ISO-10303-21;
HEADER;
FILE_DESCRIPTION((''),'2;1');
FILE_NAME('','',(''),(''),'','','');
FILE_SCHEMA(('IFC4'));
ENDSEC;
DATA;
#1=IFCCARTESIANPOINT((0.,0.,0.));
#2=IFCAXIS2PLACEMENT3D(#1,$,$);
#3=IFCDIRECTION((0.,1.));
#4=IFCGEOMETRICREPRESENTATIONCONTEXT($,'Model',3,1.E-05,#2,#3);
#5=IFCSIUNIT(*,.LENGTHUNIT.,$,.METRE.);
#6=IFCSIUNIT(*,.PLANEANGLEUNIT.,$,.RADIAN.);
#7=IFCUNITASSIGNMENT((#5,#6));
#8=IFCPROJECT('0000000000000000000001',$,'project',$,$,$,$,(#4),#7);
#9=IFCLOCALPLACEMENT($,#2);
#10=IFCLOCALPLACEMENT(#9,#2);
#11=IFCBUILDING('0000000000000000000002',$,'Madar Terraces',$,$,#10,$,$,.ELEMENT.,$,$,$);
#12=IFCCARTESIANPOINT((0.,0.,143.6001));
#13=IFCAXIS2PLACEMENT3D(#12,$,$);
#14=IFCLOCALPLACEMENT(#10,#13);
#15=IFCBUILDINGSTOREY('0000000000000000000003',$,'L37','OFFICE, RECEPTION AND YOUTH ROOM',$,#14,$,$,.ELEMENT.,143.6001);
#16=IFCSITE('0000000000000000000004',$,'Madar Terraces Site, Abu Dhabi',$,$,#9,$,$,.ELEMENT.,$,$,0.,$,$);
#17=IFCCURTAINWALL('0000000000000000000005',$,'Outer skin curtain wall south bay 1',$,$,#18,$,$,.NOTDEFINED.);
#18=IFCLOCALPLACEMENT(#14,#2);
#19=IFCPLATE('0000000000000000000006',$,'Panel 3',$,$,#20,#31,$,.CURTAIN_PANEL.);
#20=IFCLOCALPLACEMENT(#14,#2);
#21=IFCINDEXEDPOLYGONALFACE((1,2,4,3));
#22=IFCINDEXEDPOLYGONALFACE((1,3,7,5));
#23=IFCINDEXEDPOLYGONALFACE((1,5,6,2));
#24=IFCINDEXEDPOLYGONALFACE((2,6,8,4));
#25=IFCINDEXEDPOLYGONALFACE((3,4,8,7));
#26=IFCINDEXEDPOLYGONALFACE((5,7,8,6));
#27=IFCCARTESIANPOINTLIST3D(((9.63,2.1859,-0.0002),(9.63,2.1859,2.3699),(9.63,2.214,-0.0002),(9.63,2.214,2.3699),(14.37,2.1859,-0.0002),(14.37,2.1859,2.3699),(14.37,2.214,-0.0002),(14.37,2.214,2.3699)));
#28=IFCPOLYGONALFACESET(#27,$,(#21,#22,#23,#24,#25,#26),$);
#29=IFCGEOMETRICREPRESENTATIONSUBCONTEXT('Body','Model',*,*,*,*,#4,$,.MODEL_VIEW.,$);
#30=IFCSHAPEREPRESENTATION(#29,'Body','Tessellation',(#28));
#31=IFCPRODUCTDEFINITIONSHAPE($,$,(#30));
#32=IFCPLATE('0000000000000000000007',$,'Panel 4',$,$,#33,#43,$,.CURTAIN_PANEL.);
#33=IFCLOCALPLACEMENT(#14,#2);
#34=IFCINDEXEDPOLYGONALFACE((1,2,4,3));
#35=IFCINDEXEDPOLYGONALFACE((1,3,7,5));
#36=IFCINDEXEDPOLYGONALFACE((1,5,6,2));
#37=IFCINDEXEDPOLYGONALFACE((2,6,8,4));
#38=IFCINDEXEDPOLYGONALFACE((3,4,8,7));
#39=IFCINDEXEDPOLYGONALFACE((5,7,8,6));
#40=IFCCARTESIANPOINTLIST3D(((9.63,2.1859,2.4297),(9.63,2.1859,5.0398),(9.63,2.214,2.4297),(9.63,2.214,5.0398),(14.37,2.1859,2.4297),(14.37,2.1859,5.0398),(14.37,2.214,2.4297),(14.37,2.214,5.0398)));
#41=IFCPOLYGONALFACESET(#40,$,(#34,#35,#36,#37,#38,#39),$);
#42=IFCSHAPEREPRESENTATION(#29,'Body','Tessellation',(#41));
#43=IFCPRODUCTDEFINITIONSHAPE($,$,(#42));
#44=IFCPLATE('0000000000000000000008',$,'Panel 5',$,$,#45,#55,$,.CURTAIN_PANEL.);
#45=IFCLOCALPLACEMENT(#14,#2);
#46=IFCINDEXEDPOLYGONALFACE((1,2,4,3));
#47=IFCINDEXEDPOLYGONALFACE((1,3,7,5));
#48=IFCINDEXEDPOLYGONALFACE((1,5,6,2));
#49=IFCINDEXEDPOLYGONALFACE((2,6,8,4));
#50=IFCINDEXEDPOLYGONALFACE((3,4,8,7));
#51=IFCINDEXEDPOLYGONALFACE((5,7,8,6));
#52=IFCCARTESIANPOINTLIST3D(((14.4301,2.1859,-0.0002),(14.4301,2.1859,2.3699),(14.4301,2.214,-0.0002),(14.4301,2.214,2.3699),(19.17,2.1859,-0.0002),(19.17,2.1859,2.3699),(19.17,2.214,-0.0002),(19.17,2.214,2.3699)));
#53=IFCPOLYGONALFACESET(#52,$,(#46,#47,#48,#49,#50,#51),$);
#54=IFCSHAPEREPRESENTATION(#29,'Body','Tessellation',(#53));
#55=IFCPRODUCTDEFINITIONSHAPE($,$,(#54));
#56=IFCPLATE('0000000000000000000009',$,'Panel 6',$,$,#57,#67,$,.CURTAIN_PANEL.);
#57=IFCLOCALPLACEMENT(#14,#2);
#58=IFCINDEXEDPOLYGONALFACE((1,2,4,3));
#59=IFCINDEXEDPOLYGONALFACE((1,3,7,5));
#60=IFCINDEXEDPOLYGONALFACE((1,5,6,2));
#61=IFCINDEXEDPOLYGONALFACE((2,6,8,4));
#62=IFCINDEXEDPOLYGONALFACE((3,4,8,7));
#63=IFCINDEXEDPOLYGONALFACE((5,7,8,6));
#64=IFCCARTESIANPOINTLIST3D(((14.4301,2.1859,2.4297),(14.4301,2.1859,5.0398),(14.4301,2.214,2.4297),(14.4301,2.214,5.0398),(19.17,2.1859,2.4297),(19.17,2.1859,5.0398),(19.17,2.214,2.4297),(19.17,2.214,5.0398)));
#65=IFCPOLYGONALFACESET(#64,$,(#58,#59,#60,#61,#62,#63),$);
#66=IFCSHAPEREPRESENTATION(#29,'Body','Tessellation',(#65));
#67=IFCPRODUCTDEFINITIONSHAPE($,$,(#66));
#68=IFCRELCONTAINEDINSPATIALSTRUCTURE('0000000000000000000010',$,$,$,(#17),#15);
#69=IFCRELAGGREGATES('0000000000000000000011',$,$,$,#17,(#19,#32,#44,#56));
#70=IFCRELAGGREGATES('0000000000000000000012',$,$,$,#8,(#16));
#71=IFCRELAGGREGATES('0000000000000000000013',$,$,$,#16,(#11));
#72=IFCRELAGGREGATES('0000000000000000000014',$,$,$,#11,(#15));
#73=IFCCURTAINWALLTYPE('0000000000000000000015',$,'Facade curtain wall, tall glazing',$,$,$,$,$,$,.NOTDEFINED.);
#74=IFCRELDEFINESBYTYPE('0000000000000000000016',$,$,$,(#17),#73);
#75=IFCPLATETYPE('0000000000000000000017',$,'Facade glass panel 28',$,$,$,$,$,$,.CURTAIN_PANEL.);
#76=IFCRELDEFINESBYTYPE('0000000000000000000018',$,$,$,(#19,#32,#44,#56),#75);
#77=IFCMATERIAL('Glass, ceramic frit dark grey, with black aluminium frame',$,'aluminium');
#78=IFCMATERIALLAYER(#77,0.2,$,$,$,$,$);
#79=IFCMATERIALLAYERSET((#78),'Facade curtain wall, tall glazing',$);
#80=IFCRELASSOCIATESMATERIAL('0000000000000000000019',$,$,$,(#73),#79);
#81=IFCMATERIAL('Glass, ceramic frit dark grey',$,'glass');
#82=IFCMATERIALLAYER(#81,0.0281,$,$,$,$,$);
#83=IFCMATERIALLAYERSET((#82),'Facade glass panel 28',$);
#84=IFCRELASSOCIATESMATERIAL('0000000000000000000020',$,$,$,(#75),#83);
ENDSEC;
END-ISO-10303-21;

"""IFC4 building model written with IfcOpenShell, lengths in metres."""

from ifc_helpers import new_model, si_unit, direction, frame, origin, origin_2d, place, context, subcontext, project, spatial, rectangle, extrude, material, layer, layer_set, type_object, element, aggregate, save


model = new_model("IFC4")

# Units and contexts
model_context = context("Model", 3, precision=1e-05, world=origin(), true_north=direction((0.0, 1.0)))
body_context = subcontext(model_context, "Body", "Model", "MODEL_VIEW")
ifc_project = project(units=[si_unit("LENGTHUNIT", "METRE"), si_unit("PLANEANGLEUNIT", "RADIAN")], contexts=[model_context])

# Site, building, storey
site_placement = place(None, origin())
site = spatial("IfcSite", under=ifc_project, at=site_placement, Name="Madar Terraces Site, Abu Dhabi", CompositionType="ELEMENT", RefElevation=0.0)
building_placement = place(site_placement, origin())
building = spatial("IfcBuilding", under=site, at=building_placement, Name="Madar Terraces", CompositionType="ELEMENT")
storey_placement = place(building_placement, frame((0.0, 0.0, 143.6001)))
storey = spatial("IfcBuildingStorey", under=building, at=storey_placement, Name="L37", Description="OFFICE, RECEPTION AND YOUTH ROOM", CompositionType="ELEMENT", Elevation=143.6001)

# Curtain wall
ifc_material_1 = material(Name="Glass, ceramic frit dark grey, with black aluminium frame", Category="aluminium")
ifc_layer_1 = layer(ifc_material_1, 0.2)
ifc_layer_set_1 = layer_set([ifc_layer_1], Name="Facade curtain wall, tall glazing")
curtain_wall_type = type_object("IfcCurtainWallType", Name="Facade curtain wall, tall glazing", PredefinedType="NOTDEFINED", material=ifc_layer_set_1)
curtain_wall_placement = place(storey_placement, origin())
curtain_wall = element("IfcCurtainWall", 1, at=curtain_wall_placement, inside=storey, type_object=curtain_wall_type, Name="Outer skin curtain wall south bay 1", PredefinedType="NOTDEFINED")

# Plates
ifc_material_2 = material(Name="Glass, ceramic frit dark grey", Category="glass")
ifc_layer_2 = layer(ifc_material_2, 0.0281)
ifc_layer_set_2 = layer_set([ifc_layer_2], Name="Facade glass panel 28")
plate_type = type_object("IfcPlateType", Name="Facade glass panel 28", PredefinedType="CURTAIN_PANEL", material=ifc_layer_set_2)
plate_1_placement = place(storey_placement, frame((12.0, 2.2, -0.0002), z_axis=(0.0, 0.0, 1.0), x_axis=(1.0, 0.0, 0.0)))
plate_1 = element("IfcPlate", 2, at=plate_1_placement, type_object=plate_type, Name="Panel 3", PredefinedType="CURTAIN_PANEL", context=body_context, shape_type="SweptSolid", body=[
    extrude(rectangle(XDim=4.74, YDim=0.0281, at=origin_2d()), origin(), (0.0, 0.0, 1.0), 2.3701),
])
plate_2_placement = place(storey_placement, frame((12.0, 2.2, 2.4297), z_axis=(0.0, 0.0, 1.0), x_axis=(1.0, 0.0, 0.0)))
plate_2 = element("IfcPlate", 3, at=plate_2_placement, type_object=plate_type, Name="Panel 4", PredefinedType="CURTAIN_PANEL", context=body_context, shape_type="SweptSolid", body=[
    extrude(rectangle(XDim=4.74, YDim=0.0281, at=origin_2d()), origin(), (0.0, 0.0, 1.0), 2.6101),
])
plate_3_placement = place(storey_placement, frame((16.8, 2.2, -0.0002), z_axis=(0.0, 0.0, 1.0), x_axis=(1.0, 0.0, 0.0)))
plate_3 = element("IfcPlate", 4, at=plate_3_placement, type_object=plate_type, Name="Panel 5", PredefinedType="CURTAIN_PANEL", context=body_context, shape_type="SweptSolid", body=[
    extrude(rectangle(XDim=4.74, YDim=0.0281, at=origin_2d()), origin(), (0.0, 0.0, 1.0), 2.3701),
])
plate_4_placement = place(storey_placement, frame((16.8, 2.2, 2.4297), z_axis=(0.0, 0.0, 1.0), x_axis=(1.0, 0.0, 0.0)))
plate_4 = element("IfcPlate", 5, at=plate_4_placement, type_object=plate_type, Name="Panel 6", PredefinedType="CURTAIN_PANEL", context=body_context, shape_type="SweptSolid", body=[
    extrude(rectangle(XDim=4.74, YDim=0.0281, at=origin_2d()), origin(), (0.0, 0.0, 1.0), 2.6101),
])
aggregate(curtain_wall, [plate_1, plate_2, plate_3, plate_4])

save(model, "model.ifc")
